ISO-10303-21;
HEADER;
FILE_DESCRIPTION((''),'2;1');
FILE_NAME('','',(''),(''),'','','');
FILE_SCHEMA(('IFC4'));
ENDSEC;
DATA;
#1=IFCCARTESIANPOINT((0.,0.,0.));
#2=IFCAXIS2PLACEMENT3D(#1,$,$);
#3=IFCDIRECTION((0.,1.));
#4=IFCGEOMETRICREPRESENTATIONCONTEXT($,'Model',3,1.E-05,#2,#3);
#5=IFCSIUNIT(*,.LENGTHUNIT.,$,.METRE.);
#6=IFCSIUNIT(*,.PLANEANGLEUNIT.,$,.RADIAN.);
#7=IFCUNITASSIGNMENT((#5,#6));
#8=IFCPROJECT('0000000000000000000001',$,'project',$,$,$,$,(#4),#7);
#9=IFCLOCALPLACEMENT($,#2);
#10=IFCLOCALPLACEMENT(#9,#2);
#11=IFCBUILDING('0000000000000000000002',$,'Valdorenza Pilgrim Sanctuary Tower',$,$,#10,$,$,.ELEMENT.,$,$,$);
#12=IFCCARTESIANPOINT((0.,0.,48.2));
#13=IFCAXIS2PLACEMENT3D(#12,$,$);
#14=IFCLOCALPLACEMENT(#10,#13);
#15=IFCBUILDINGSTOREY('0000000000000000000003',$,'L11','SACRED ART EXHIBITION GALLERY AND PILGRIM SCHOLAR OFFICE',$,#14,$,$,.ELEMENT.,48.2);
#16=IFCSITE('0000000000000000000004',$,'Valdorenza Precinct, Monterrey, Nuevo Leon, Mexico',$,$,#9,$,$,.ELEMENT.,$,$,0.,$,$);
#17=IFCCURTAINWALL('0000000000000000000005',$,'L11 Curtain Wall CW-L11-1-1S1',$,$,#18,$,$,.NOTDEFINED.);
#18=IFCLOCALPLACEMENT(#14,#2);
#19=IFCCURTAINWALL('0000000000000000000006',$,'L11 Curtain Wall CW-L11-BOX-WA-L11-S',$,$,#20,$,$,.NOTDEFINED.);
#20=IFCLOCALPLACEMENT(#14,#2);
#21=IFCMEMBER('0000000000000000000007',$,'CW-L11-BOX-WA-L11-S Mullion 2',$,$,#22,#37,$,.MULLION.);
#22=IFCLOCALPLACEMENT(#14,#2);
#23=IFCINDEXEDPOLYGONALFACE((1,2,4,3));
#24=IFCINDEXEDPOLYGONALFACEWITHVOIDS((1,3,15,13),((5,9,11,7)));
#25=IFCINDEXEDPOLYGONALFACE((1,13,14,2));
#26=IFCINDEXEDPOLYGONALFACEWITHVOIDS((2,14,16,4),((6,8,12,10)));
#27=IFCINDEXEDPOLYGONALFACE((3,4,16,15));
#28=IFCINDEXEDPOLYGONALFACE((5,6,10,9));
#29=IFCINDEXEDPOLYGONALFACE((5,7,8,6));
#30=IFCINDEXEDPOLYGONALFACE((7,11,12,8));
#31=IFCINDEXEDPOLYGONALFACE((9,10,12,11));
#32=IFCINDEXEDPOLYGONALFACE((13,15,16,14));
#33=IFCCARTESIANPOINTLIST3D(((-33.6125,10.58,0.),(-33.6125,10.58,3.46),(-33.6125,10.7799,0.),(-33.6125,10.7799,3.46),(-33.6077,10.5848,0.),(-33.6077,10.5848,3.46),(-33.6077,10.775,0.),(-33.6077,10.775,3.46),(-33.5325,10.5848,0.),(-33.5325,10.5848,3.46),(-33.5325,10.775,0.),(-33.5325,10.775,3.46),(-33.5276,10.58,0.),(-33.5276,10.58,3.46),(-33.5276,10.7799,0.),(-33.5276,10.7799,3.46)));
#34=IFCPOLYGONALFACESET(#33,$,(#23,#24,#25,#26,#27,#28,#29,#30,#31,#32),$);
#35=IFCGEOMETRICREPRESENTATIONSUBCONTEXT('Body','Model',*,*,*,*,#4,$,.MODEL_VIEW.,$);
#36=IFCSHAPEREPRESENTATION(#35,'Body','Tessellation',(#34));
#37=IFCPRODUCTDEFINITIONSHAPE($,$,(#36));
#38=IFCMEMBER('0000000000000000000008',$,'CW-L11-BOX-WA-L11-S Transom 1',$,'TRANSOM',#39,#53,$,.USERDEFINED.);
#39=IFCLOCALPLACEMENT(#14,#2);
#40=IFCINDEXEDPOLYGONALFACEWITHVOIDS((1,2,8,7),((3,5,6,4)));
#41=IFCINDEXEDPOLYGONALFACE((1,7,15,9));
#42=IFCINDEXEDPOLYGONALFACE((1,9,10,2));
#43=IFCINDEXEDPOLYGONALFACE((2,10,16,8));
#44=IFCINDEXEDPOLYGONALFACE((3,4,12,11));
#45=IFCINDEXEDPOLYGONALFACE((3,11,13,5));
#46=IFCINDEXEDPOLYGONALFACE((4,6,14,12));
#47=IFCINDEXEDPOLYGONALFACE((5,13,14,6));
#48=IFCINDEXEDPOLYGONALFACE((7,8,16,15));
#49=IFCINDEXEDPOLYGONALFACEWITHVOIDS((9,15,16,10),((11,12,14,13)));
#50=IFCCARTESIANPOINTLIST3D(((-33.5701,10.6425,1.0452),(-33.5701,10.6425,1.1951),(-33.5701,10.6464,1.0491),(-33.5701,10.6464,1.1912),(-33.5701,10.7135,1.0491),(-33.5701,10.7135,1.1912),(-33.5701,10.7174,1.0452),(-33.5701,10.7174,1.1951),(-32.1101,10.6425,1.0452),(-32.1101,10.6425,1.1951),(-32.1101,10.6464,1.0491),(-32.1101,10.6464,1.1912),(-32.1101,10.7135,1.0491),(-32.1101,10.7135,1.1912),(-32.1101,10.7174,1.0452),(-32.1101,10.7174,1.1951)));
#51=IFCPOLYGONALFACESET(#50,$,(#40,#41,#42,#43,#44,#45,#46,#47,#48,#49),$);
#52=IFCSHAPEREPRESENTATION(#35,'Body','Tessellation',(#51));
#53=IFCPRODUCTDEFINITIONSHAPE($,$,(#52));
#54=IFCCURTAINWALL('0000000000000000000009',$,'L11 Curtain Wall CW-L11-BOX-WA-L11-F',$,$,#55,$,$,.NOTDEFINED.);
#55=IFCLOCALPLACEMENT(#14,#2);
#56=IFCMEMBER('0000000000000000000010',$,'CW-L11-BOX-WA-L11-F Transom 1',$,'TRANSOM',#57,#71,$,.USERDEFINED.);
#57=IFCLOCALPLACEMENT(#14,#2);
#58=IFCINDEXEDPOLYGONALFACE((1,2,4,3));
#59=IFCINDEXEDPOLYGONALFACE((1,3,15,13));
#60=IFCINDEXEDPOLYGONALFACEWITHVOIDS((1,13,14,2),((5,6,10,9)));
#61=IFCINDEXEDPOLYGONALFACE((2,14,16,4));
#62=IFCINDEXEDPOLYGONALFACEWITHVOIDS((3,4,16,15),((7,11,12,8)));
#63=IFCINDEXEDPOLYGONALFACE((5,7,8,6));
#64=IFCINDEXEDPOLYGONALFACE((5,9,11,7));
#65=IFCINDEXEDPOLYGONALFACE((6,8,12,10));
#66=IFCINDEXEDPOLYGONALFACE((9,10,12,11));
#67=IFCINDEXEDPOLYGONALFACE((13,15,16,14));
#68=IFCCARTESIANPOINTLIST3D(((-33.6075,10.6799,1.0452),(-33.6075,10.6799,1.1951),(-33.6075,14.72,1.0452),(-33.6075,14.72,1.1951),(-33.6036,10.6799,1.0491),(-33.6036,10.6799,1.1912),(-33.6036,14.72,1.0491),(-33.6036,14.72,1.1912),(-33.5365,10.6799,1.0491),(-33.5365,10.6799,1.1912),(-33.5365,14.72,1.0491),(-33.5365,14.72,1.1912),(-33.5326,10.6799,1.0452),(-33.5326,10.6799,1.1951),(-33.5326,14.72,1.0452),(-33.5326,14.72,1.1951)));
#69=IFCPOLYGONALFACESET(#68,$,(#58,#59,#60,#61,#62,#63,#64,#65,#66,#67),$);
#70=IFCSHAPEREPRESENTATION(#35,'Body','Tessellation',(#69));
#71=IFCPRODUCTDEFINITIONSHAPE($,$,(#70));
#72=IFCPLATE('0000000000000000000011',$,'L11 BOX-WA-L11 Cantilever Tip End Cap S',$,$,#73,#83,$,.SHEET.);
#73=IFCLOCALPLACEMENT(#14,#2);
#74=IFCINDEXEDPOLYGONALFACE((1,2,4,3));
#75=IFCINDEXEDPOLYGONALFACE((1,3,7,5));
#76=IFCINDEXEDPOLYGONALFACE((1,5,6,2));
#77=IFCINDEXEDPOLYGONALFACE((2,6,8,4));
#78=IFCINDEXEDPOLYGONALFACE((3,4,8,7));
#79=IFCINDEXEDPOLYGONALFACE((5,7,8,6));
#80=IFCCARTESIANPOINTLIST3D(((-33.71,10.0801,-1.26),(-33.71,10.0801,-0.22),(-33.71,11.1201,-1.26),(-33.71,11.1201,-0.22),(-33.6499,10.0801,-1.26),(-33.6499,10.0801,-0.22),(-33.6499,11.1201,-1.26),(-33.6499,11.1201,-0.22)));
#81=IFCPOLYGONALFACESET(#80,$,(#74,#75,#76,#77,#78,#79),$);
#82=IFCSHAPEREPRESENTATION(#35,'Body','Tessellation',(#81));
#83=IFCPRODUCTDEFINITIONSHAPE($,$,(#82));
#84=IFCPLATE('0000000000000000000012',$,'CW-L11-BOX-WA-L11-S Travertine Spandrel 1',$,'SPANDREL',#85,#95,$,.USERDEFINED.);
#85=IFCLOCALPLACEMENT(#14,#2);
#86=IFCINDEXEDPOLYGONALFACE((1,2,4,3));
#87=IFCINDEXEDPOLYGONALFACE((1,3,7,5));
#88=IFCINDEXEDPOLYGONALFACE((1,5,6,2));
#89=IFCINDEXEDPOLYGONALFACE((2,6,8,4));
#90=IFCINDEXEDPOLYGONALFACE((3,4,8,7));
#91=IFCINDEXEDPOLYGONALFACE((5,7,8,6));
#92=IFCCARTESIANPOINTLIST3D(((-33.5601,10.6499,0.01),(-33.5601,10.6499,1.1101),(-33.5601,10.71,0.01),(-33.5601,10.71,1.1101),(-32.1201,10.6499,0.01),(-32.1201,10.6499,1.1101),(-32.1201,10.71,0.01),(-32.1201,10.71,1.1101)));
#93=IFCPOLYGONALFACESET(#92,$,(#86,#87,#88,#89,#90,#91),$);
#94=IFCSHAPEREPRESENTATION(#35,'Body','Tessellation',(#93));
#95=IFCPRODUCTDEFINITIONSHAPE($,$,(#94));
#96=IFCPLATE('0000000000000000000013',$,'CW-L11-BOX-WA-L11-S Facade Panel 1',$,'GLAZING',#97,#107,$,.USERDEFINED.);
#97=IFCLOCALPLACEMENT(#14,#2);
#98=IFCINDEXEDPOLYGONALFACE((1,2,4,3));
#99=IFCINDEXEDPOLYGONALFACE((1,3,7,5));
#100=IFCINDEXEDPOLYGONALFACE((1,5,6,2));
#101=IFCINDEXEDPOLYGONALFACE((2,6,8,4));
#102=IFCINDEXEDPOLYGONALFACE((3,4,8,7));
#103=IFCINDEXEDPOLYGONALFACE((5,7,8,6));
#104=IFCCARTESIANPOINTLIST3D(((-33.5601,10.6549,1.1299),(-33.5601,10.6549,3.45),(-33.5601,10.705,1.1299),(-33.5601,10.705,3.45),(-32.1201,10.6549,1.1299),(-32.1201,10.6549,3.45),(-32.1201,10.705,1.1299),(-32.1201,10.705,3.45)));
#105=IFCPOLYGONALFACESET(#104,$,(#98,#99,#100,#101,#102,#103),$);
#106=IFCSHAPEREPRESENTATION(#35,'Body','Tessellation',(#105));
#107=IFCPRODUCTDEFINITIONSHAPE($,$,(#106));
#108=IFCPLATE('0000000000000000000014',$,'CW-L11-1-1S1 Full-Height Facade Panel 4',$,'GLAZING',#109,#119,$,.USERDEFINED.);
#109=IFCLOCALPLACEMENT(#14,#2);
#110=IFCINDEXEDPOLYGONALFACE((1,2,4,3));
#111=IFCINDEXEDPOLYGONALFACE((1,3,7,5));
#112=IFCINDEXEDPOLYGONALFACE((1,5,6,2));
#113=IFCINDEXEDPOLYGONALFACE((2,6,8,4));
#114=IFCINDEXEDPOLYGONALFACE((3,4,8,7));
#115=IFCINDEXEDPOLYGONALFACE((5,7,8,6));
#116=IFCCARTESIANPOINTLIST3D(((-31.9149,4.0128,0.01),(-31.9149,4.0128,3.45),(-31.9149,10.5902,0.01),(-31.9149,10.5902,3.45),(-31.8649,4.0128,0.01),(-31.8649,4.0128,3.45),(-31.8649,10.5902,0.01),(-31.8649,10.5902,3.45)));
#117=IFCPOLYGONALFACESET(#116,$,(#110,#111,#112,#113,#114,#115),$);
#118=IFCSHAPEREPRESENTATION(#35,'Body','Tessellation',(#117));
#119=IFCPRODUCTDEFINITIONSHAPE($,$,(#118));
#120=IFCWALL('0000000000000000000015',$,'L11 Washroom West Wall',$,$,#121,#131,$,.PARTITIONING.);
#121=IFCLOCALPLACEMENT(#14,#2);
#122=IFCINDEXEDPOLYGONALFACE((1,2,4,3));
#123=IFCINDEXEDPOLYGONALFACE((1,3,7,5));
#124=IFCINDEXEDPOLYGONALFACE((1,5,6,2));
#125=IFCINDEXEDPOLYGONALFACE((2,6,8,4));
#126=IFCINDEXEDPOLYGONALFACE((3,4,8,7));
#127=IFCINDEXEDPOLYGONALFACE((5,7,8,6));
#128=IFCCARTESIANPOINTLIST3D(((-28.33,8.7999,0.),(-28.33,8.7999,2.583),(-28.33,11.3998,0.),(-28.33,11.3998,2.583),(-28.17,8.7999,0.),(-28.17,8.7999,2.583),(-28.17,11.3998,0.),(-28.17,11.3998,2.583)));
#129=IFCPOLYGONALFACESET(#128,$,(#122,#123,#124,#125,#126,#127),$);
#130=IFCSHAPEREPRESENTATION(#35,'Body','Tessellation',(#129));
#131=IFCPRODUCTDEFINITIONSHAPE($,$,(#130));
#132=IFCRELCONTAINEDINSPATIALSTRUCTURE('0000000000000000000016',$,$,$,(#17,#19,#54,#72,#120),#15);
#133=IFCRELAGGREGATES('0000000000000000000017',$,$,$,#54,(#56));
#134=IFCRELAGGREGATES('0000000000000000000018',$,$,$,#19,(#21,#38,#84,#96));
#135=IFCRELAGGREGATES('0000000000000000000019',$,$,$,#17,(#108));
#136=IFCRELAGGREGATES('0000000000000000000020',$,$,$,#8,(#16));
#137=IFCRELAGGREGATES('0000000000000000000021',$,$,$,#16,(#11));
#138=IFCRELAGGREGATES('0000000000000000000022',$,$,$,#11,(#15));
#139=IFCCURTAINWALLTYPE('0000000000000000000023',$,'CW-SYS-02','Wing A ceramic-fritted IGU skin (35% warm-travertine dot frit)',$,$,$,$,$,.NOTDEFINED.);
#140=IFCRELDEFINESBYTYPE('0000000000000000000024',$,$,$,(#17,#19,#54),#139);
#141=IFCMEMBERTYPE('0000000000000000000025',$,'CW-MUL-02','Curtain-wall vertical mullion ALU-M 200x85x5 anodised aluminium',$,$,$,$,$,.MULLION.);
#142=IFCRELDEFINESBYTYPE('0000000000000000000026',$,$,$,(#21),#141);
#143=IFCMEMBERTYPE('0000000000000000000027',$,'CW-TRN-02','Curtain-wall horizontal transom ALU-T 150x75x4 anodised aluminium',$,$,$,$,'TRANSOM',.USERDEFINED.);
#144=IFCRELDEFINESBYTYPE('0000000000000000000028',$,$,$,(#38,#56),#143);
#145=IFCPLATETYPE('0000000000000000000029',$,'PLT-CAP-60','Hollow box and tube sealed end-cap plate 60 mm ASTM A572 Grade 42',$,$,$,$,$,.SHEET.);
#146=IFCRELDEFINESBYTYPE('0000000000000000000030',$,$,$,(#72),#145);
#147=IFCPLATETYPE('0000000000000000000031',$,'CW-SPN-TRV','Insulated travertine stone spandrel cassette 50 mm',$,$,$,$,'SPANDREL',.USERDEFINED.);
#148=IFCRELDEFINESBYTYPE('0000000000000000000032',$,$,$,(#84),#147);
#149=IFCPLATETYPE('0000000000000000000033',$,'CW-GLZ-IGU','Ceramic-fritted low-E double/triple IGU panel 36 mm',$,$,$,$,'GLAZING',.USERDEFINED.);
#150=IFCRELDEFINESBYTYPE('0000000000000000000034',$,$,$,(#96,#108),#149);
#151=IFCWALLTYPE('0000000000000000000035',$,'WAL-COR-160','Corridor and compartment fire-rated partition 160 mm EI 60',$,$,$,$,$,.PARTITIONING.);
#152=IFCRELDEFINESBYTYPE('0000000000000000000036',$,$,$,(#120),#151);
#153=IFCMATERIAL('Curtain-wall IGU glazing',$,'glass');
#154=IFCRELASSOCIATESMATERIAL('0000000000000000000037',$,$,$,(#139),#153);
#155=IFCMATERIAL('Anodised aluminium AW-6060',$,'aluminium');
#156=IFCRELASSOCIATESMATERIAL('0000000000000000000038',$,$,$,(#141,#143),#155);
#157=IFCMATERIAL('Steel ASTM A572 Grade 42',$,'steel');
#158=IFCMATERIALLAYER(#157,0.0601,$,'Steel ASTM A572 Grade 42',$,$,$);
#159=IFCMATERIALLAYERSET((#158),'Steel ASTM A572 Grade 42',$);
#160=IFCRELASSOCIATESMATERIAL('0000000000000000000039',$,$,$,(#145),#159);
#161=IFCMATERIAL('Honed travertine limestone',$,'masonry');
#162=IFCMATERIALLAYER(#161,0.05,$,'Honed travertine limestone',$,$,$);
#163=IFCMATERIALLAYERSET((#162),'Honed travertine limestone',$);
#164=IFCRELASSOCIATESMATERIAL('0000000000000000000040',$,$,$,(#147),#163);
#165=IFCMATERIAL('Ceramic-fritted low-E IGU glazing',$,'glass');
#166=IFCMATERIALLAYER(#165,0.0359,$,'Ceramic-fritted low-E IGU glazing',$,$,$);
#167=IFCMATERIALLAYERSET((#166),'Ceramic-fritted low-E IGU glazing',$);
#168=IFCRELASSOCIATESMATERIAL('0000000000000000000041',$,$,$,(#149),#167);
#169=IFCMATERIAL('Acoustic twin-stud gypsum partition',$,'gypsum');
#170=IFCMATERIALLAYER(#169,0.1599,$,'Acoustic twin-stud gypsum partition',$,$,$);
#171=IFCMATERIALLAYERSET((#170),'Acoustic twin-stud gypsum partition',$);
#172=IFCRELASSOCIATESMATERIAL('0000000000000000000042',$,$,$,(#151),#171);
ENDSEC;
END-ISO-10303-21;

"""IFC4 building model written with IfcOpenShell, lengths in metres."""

from ifc_helpers import new_model, si_unit, direction, frame, frame_2d, origin, origin_2d, place, context, subcontext, project, spatial, rectangle, hollow_rectangle, extrude, source, transform, mapped, material, layer, layer_set, material_profile, profile_set, type_object, element, aggregate, save


model = new_model("IFC4")

# Units and contexts
model_context = context("Model", 3, precision=1e-05, world=origin(), true_north=direction((0.0, 1.0)))
body_context = subcontext(model_context, "Body", "Model", "MODEL_VIEW")
ifc_project = project(units=[si_unit("LENGTHUNIT", "METRE"), si_unit("PLANEANGLEUNIT", "RADIAN")], contexts=[model_context])

# Site, building, storey
site_placement = place(None, origin())
site = spatial("IfcSite", under=ifc_project, at=site_placement, Name="Valdorenza Precinct, Monterrey, Nuevo Leon, Mexico", CompositionType="ELEMENT", RefElevation=0.0)
building_placement = place(site_placement, origin())
building = spatial("IfcBuilding", under=site, at=building_placement, Name="Valdorenza Pilgrim Sanctuary Tower", CompositionType="ELEMENT")
storey_placement = place(building_placement, frame((0.0, 0.0, 48.2)))
storey = spatial("IfcBuildingStorey", under=building, at=storey_placement, Name="L11", Description="SACRED ART EXHIBITION GALLERY AND PILGRIM SCHOLAR OFFICE", CompositionType="ELEMENT", Elevation=48.2)

# Shared definitions
ifc_material_1 = material(Name="Steel ASTM A572 Grade 42", Category="steel")

# Curtain walls, members
ifc_material_2 = material(Name="Curtain-wall IGU glazing", Category="glass")
curtain_wall_type = type_object("IfcCurtainWallType", Name="CW-SYS-02", Description="Wing A ceramic-fritted IGU skin (35% warm-travertine dot frit)", PredefinedType="NOTDEFINED", material=ifc_material_2)
curtain_wall_1_placement = place(storey_placement, origin())
curtain_wall_1 = element("IfcCurtainWall", 1, at=curtain_wall_1_placement, inside=storey, type_object=curtain_wall_type, Name="L11 Curtain Wall CW-L11-1-1S1", PredefinedType="NOTDEFINED")
ifc_material_3 = material(Name="Anodised aluminium AW-6060", Category="aluminium")
ifc_material_profile_1 = material_profile(ifc_material_3, hollow_rectangle(XDim=0.085, YDim=0.2, WallThickness=0.0049, at=origin_2d()), Name="ALU-M 200x85x5")
ifc_profile_set_1 = profile_set([ifc_material_profile_1], Name="Anodised aluminium AW-6060")
member_type_1 = type_object("IfcMemberType", Name="CW-MUL-02", Description="Curtain-wall vertical mullion ALU-M 200x85x5 anodised aluminium", PredefinedType="MULLION", material=ifc_profile_set_1)
shared_shape_1 = source(origin(), body_context, "Body", "SweptSolid", [
    extrude(hollow_rectangle(XDim=0.085, YDim=0.2, WallThickness=0.0049, at=origin_2d()), origin(), (0.0, 0.0, 1.0), 3.46),
])
curtain_wall_2_placement = place(storey_placement, origin())
curtain_wall_2 = element("IfcCurtainWall", 2, at=curtain_wall_2_placement, inside=storey, type_object=curtain_wall_type, Name="L11 Curtain Wall CW-L11-BOX-WA-L11-S", PredefinedType="NOTDEFINED")
member_1_placement = place(storey_placement, frame((-33.5701, 10.6799, 0.0), z_axis=(0.0, 0.0, 1.0), x_axis=(-1.0, 0.0, 0.0)))
member_1 = element("IfcMember", 3, at=member_1_placement, type_object=member_type_1, Name="CW-L11-BOX-WA-L11-S Mullion 2", PredefinedType="MULLION", context=body_context, shape_type="MappedRepresentation", body=[
    mapped(shared_shape_1, transform((0.0, 0.0, 0.0), x_axis=(1.0, 0.0, 0.0), y_axis=(0.0, 1.0, 0.0), z_axis=(0.0, 0.0, 1.0), scale=1.0)),
])
ifc_material_profile_2 = material_profile(ifc_material_3, hollow_rectangle(XDim=0.075, YDim=0.1499, WallThickness=0.0039, at=origin_2d()), Name="ALU-T 150x75x4")
ifc_profile_set_2 = profile_set([ifc_material_profile_2], Name="Anodised aluminium AW-6060")
member_type_2 = type_object("IfcMemberType", Name="CW-TRN-02", Description="Curtain-wall horizontal transom ALU-T 150x75x4 anodised aluminium", ElementType="TRANSOM", PredefinedType="USERDEFINED", material=ifc_profile_set_2)
shared_shape_2 = source(origin(), body_context, "Body", "SweptSolid", [
    extrude(hollow_rectangle(XDim=0.075, YDim=0.1499, WallThickness=0.0039, at=origin_2d()), origin(), (0.0, 0.0, 1.0), 1.46),
])
member_2_placement = place(storey_placement, frame((-32.1101, 10.6799, 1.1201), z_axis=(-1.0, 0.0, 0.0), x_axis=(0.0, -1.0, 0.0)))
member_2 = element("IfcMember", 4, at=member_2_placement, type_object=member_type_2, Name="CW-L11-BOX-WA-L11-S Transom 1", ObjectType="TRANSOM", PredefinedType="USERDEFINED", context=body_context, shape_type="MappedRepresentation", body=[
    mapped(shared_shape_2, transform((0.0, 0.0, 0.0), x_axis=(1.0, 0.0, 0.0), y_axis=(0.0, 1.0, 0.0), z_axis=(0.0, 0.0, 1.0), scale=1.0)),
])

# Curtain wall, member
curtain_wall_3_placement = place(storey_placement, origin())
curtain_wall_3 = element("IfcCurtainWall", 5, at=curtain_wall_3_placement, inside=storey, type_object=curtain_wall_type, Name="L11 Curtain Wall CW-L11-BOX-WA-L11-F", PredefinedType="NOTDEFINED")
shared_shape_3 = source(origin(), body_context, "Body", "SweptSolid", [
    extrude(hollow_rectangle(XDim=0.075, YDim=0.1499, WallThickness=0.0039, at=origin_2d()), origin(), (0.0, 0.0, 1.0), 4.04),
])
member_3_placement = place(storey_placement, frame((-33.5701, 10.6799, 1.1201), z_axis=(0.0, 1.0, 0.0), x_axis=(-1.0, 0.0, 0.0)))
member_3 = element("IfcMember", 6, at=member_3_placement, type_object=member_type_2, Name="CW-L11-BOX-WA-L11-F Transom 1", ObjectType="TRANSOM", PredefinedType="USERDEFINED", context=body_context, shape_type="MappedRepresentation", body=[
    mapped(shared_shape_3, transform((0.0, 0.0, 0.0), x_axis=(1.0, 0.0, 0.0), y_axis=(0.0, 1.0, 0.0), z_axis=(0.0, 0.0, 1.0), scale=1.0)),
])
aggregate(curtain_wall_3, [member_3])

# Plates
ifc_layer_1 = layer(ifc_material_1, 0.0601, Name="Steel ASTM A572 Grade 42")
ifc_layer_set_1 = layer_set([ifc_layer_1], Name="Steel ASTM A572 Grade 42")
plate_type_1 = type_object("IfcPlateType", Name="PLT-CAP-60", Description="Hollow box and tube sealed end-cap plate 60 mm ASTM A572 Grade 42", PredefinedType="SHEET", material=ifc_layer_set_1)
shared_shape_4 = source(origin(), body_context, "Body", "SweptSolid", [
    extrude(rectangle(XDim=0.0601, YDim=1.04, at=origin_2d()), origin(), (0.0, 0.0, 1.0), 1.04),
])
plate_1_placement = place(storey_placement, frame((-33.6799, 10.6001, -1.26), z_axis=(0.0, 0.0, 1.0), x_axis=(1.0, 0.0, 0.0)))
element("IfcPlate", 7, at=plate_1_placement, inside=storey, type_object=plate_type_1, Name="L11 BOX-WA-L11 Cantilever Tip End Cap S", PredefinedType="SHEET", context=body_context, shape_type="MappedRepresentation", body=[
    mapped(shared_shape_4, transform((0.0, 0.0, 0.0), x_axis=(1.0, 0.0, 0.0), y_axis=(0.0, 1.0, 0.0), z_axis=(0.0, 0.0, 1.0), scale=1.0)),
])
ifc_material_4 = material(Name="Honed travertine limestone", Category="masonry")
ifc_layer_2 = layer(ifc_material_4, 0.05, Name="Honed travertine limestone")
ifc_layer_set_2 = layer_set([ifc_layer_2], Name="Honed travertine limestone")
plate_type_2 = type_object("IfcPlateType", Name="CW-SPN-TRV", Description="Insulated travertine stone spandrel cassette 50 mm", ElementType="SPANDREL", PredefinedType="USERDEFINED", material=ifc_layer_set_2)
shared_shape_5 = source(origin(), body_context, "Body", "SweptSolid", [
    extrude(rectangle(XDim=1.4399, YDim=0.0601, at=origin_2d()), origin(), (0.0, 0.0, 1.0), 1.1001),
])
plate_2_placement = place(storey_placement, frame((-32.8401, 10.6799, 0.01), z_axis=(0.0, 0.0, 1.0), x_axis=(-1.0, 0.0, 0.0)))
plate_2 = element("IfcPlate", 8, at=plate_2_placement, type_object=plate_type_2, Name="CW-L11-BOX-WA-L11-S Travertine Spandrel 1", ObjectType="SPANDREL", PredefinedType="USERDEFINED", context=body_context, shape_type="MappedRepresentation", body=[
    mapped(shared_shape_5, transform((0.0, 0.0, 0.0), x_axis=(1.0, 0.0, 0.0), y_axis=(0.0, 1.0, 0.0), z_axis=(0.0, 0.0, 1.0), scale=1.0)),
])
ifc_material_5 = material(Name="Ceramic-fritted low-E IGU glazing", Category="glass")
ifc_layer_3 = layer(ifc_material_5, 0.0359, Name="Ceramic-fritted low-E IGU glazing")
ifc_layer_set_3 = layer_set([ifc_layer_3], Name="Ceramic-fritted low-E IGU glazing")
plate_type_3 = type_object("IfcPlateType", Name="CW-GLZ-IGU", Description="Ceramic-fritted low-E double/triple IGU panel 36 mm", ElementType="GLAZING", PredefinedType="USERDEFINED", material=ifc_layer_set_3)
shared_shape_6 = source(origin(), body_context, "Body", "SweptSolid", [
    extrude(rectangle(XDim=1.4399, YDim=0.05, at=origin_2d()), origin(), (0.0, 0.0, 1.0), 2.3201),
])
plate_3_placement = place(storey_placement, frame((-32.8401, 10.6799, 1.1299), z_axis=(0.0, 0.0, 1.0), x_axis=(-1.0, 0.0, 0.0)))
plate_3 = element("IfcPlate", 9, at=plate_3_placement, type_object=plate_type_3, Name="CW-L11-BOX-WA-L11-S Facade Panel 1", ObjectType="GLAZING", PredefinedType="USERDEFINED", context=body_context, shape_type="MappedRepresentation", body=[
    mapped(shared_shape_6, transform((0.0, 0.0, 0.0), x_axis=(1.0, 0.0, 0.0), y_axis=(0.0, 1.0, 0.0), z_axis=(0.0, 0.0, 1.0), scale=1.0)),
])
aggregate(curtain_wall_2, [member_1, member_2, plate_2, plate_3])
shared_shape_7 = source(origin(), body_context, "Body", "SweptSolid", [
    extrude(rectangle(XDim=6.5774, YDim=0.05, at=origin_2d()), origin(), (0.0, 0.0, 1.0), 3.4399),
])
plate_4_placement = place(storey_placement, frame((-31.8899, 7.3015, 0.01), z_axis=(0.0, 0.0, 1.0), x_axis=(0.0, 1.0, 0.0)))
plate_4 = element("IfcPlate", 10, at=plate_4_placement, type_object=plate_type_3, Name="CW-L11-1-1S1 Full-Height Facade Panel 4", ObjectType="GLAZING", PredefinedType="USERDEFINED", context=body_context, shape_type="MappedRepresentation", body=[
    mapped(shared_shape_7, transform((0.0, 0.0, 0.0), x_axis=(1.0, 0.0, 0.0), y_axis=(0.0, 1.0, 0.0), z_axis=(0.0, 0.0, 1.0), scale=1.0)),
])
aggregate(curtain_wall_1, [plate_4])

# Wall
ifc_material_6 = material(Name="Acoustic twin-stud gypsum partition", Category="gypsum")
ifc_layer_4 = layer(ifc_material_6, 0.1599, Name="Acoustic twin-stud gypsum partition")
ifc_layer_set_4 = layer_set([ifc_layer_4], Name="Acoustic twin-stud gypsum partition")
wall_type_1 = type_object("IfcWallType", Name="WAL-COR-160", Description="Corridor and compartment fire-rated partition 160 mm EI 60", PredefinedType="PARTITIONING", material=ifc_layer_set_4)
wall_1_placement = place(storey_placement, frame((-28.25, 8.8, 0.0), z_axis=(0.0, 0.0, 1.0), x_axis=(0.0, 1.0, 0.0)))
element("IfcWall", 11, at=wall_1_placement, inside=storey, type_object=wall_type_1, Name="L11 Washroom West Wall", PredefinedType="PARTITIONING", context=body_context, shape_type="SweptSolid", body=[
    extrude(rectangle(XDim=2.5999, YDim=0.1599, at=frame_2d((1.2998, 0.0))), origin(), (0.0, 0.0, 1.0), 2.583),
])

save(model, "model.ifc")
